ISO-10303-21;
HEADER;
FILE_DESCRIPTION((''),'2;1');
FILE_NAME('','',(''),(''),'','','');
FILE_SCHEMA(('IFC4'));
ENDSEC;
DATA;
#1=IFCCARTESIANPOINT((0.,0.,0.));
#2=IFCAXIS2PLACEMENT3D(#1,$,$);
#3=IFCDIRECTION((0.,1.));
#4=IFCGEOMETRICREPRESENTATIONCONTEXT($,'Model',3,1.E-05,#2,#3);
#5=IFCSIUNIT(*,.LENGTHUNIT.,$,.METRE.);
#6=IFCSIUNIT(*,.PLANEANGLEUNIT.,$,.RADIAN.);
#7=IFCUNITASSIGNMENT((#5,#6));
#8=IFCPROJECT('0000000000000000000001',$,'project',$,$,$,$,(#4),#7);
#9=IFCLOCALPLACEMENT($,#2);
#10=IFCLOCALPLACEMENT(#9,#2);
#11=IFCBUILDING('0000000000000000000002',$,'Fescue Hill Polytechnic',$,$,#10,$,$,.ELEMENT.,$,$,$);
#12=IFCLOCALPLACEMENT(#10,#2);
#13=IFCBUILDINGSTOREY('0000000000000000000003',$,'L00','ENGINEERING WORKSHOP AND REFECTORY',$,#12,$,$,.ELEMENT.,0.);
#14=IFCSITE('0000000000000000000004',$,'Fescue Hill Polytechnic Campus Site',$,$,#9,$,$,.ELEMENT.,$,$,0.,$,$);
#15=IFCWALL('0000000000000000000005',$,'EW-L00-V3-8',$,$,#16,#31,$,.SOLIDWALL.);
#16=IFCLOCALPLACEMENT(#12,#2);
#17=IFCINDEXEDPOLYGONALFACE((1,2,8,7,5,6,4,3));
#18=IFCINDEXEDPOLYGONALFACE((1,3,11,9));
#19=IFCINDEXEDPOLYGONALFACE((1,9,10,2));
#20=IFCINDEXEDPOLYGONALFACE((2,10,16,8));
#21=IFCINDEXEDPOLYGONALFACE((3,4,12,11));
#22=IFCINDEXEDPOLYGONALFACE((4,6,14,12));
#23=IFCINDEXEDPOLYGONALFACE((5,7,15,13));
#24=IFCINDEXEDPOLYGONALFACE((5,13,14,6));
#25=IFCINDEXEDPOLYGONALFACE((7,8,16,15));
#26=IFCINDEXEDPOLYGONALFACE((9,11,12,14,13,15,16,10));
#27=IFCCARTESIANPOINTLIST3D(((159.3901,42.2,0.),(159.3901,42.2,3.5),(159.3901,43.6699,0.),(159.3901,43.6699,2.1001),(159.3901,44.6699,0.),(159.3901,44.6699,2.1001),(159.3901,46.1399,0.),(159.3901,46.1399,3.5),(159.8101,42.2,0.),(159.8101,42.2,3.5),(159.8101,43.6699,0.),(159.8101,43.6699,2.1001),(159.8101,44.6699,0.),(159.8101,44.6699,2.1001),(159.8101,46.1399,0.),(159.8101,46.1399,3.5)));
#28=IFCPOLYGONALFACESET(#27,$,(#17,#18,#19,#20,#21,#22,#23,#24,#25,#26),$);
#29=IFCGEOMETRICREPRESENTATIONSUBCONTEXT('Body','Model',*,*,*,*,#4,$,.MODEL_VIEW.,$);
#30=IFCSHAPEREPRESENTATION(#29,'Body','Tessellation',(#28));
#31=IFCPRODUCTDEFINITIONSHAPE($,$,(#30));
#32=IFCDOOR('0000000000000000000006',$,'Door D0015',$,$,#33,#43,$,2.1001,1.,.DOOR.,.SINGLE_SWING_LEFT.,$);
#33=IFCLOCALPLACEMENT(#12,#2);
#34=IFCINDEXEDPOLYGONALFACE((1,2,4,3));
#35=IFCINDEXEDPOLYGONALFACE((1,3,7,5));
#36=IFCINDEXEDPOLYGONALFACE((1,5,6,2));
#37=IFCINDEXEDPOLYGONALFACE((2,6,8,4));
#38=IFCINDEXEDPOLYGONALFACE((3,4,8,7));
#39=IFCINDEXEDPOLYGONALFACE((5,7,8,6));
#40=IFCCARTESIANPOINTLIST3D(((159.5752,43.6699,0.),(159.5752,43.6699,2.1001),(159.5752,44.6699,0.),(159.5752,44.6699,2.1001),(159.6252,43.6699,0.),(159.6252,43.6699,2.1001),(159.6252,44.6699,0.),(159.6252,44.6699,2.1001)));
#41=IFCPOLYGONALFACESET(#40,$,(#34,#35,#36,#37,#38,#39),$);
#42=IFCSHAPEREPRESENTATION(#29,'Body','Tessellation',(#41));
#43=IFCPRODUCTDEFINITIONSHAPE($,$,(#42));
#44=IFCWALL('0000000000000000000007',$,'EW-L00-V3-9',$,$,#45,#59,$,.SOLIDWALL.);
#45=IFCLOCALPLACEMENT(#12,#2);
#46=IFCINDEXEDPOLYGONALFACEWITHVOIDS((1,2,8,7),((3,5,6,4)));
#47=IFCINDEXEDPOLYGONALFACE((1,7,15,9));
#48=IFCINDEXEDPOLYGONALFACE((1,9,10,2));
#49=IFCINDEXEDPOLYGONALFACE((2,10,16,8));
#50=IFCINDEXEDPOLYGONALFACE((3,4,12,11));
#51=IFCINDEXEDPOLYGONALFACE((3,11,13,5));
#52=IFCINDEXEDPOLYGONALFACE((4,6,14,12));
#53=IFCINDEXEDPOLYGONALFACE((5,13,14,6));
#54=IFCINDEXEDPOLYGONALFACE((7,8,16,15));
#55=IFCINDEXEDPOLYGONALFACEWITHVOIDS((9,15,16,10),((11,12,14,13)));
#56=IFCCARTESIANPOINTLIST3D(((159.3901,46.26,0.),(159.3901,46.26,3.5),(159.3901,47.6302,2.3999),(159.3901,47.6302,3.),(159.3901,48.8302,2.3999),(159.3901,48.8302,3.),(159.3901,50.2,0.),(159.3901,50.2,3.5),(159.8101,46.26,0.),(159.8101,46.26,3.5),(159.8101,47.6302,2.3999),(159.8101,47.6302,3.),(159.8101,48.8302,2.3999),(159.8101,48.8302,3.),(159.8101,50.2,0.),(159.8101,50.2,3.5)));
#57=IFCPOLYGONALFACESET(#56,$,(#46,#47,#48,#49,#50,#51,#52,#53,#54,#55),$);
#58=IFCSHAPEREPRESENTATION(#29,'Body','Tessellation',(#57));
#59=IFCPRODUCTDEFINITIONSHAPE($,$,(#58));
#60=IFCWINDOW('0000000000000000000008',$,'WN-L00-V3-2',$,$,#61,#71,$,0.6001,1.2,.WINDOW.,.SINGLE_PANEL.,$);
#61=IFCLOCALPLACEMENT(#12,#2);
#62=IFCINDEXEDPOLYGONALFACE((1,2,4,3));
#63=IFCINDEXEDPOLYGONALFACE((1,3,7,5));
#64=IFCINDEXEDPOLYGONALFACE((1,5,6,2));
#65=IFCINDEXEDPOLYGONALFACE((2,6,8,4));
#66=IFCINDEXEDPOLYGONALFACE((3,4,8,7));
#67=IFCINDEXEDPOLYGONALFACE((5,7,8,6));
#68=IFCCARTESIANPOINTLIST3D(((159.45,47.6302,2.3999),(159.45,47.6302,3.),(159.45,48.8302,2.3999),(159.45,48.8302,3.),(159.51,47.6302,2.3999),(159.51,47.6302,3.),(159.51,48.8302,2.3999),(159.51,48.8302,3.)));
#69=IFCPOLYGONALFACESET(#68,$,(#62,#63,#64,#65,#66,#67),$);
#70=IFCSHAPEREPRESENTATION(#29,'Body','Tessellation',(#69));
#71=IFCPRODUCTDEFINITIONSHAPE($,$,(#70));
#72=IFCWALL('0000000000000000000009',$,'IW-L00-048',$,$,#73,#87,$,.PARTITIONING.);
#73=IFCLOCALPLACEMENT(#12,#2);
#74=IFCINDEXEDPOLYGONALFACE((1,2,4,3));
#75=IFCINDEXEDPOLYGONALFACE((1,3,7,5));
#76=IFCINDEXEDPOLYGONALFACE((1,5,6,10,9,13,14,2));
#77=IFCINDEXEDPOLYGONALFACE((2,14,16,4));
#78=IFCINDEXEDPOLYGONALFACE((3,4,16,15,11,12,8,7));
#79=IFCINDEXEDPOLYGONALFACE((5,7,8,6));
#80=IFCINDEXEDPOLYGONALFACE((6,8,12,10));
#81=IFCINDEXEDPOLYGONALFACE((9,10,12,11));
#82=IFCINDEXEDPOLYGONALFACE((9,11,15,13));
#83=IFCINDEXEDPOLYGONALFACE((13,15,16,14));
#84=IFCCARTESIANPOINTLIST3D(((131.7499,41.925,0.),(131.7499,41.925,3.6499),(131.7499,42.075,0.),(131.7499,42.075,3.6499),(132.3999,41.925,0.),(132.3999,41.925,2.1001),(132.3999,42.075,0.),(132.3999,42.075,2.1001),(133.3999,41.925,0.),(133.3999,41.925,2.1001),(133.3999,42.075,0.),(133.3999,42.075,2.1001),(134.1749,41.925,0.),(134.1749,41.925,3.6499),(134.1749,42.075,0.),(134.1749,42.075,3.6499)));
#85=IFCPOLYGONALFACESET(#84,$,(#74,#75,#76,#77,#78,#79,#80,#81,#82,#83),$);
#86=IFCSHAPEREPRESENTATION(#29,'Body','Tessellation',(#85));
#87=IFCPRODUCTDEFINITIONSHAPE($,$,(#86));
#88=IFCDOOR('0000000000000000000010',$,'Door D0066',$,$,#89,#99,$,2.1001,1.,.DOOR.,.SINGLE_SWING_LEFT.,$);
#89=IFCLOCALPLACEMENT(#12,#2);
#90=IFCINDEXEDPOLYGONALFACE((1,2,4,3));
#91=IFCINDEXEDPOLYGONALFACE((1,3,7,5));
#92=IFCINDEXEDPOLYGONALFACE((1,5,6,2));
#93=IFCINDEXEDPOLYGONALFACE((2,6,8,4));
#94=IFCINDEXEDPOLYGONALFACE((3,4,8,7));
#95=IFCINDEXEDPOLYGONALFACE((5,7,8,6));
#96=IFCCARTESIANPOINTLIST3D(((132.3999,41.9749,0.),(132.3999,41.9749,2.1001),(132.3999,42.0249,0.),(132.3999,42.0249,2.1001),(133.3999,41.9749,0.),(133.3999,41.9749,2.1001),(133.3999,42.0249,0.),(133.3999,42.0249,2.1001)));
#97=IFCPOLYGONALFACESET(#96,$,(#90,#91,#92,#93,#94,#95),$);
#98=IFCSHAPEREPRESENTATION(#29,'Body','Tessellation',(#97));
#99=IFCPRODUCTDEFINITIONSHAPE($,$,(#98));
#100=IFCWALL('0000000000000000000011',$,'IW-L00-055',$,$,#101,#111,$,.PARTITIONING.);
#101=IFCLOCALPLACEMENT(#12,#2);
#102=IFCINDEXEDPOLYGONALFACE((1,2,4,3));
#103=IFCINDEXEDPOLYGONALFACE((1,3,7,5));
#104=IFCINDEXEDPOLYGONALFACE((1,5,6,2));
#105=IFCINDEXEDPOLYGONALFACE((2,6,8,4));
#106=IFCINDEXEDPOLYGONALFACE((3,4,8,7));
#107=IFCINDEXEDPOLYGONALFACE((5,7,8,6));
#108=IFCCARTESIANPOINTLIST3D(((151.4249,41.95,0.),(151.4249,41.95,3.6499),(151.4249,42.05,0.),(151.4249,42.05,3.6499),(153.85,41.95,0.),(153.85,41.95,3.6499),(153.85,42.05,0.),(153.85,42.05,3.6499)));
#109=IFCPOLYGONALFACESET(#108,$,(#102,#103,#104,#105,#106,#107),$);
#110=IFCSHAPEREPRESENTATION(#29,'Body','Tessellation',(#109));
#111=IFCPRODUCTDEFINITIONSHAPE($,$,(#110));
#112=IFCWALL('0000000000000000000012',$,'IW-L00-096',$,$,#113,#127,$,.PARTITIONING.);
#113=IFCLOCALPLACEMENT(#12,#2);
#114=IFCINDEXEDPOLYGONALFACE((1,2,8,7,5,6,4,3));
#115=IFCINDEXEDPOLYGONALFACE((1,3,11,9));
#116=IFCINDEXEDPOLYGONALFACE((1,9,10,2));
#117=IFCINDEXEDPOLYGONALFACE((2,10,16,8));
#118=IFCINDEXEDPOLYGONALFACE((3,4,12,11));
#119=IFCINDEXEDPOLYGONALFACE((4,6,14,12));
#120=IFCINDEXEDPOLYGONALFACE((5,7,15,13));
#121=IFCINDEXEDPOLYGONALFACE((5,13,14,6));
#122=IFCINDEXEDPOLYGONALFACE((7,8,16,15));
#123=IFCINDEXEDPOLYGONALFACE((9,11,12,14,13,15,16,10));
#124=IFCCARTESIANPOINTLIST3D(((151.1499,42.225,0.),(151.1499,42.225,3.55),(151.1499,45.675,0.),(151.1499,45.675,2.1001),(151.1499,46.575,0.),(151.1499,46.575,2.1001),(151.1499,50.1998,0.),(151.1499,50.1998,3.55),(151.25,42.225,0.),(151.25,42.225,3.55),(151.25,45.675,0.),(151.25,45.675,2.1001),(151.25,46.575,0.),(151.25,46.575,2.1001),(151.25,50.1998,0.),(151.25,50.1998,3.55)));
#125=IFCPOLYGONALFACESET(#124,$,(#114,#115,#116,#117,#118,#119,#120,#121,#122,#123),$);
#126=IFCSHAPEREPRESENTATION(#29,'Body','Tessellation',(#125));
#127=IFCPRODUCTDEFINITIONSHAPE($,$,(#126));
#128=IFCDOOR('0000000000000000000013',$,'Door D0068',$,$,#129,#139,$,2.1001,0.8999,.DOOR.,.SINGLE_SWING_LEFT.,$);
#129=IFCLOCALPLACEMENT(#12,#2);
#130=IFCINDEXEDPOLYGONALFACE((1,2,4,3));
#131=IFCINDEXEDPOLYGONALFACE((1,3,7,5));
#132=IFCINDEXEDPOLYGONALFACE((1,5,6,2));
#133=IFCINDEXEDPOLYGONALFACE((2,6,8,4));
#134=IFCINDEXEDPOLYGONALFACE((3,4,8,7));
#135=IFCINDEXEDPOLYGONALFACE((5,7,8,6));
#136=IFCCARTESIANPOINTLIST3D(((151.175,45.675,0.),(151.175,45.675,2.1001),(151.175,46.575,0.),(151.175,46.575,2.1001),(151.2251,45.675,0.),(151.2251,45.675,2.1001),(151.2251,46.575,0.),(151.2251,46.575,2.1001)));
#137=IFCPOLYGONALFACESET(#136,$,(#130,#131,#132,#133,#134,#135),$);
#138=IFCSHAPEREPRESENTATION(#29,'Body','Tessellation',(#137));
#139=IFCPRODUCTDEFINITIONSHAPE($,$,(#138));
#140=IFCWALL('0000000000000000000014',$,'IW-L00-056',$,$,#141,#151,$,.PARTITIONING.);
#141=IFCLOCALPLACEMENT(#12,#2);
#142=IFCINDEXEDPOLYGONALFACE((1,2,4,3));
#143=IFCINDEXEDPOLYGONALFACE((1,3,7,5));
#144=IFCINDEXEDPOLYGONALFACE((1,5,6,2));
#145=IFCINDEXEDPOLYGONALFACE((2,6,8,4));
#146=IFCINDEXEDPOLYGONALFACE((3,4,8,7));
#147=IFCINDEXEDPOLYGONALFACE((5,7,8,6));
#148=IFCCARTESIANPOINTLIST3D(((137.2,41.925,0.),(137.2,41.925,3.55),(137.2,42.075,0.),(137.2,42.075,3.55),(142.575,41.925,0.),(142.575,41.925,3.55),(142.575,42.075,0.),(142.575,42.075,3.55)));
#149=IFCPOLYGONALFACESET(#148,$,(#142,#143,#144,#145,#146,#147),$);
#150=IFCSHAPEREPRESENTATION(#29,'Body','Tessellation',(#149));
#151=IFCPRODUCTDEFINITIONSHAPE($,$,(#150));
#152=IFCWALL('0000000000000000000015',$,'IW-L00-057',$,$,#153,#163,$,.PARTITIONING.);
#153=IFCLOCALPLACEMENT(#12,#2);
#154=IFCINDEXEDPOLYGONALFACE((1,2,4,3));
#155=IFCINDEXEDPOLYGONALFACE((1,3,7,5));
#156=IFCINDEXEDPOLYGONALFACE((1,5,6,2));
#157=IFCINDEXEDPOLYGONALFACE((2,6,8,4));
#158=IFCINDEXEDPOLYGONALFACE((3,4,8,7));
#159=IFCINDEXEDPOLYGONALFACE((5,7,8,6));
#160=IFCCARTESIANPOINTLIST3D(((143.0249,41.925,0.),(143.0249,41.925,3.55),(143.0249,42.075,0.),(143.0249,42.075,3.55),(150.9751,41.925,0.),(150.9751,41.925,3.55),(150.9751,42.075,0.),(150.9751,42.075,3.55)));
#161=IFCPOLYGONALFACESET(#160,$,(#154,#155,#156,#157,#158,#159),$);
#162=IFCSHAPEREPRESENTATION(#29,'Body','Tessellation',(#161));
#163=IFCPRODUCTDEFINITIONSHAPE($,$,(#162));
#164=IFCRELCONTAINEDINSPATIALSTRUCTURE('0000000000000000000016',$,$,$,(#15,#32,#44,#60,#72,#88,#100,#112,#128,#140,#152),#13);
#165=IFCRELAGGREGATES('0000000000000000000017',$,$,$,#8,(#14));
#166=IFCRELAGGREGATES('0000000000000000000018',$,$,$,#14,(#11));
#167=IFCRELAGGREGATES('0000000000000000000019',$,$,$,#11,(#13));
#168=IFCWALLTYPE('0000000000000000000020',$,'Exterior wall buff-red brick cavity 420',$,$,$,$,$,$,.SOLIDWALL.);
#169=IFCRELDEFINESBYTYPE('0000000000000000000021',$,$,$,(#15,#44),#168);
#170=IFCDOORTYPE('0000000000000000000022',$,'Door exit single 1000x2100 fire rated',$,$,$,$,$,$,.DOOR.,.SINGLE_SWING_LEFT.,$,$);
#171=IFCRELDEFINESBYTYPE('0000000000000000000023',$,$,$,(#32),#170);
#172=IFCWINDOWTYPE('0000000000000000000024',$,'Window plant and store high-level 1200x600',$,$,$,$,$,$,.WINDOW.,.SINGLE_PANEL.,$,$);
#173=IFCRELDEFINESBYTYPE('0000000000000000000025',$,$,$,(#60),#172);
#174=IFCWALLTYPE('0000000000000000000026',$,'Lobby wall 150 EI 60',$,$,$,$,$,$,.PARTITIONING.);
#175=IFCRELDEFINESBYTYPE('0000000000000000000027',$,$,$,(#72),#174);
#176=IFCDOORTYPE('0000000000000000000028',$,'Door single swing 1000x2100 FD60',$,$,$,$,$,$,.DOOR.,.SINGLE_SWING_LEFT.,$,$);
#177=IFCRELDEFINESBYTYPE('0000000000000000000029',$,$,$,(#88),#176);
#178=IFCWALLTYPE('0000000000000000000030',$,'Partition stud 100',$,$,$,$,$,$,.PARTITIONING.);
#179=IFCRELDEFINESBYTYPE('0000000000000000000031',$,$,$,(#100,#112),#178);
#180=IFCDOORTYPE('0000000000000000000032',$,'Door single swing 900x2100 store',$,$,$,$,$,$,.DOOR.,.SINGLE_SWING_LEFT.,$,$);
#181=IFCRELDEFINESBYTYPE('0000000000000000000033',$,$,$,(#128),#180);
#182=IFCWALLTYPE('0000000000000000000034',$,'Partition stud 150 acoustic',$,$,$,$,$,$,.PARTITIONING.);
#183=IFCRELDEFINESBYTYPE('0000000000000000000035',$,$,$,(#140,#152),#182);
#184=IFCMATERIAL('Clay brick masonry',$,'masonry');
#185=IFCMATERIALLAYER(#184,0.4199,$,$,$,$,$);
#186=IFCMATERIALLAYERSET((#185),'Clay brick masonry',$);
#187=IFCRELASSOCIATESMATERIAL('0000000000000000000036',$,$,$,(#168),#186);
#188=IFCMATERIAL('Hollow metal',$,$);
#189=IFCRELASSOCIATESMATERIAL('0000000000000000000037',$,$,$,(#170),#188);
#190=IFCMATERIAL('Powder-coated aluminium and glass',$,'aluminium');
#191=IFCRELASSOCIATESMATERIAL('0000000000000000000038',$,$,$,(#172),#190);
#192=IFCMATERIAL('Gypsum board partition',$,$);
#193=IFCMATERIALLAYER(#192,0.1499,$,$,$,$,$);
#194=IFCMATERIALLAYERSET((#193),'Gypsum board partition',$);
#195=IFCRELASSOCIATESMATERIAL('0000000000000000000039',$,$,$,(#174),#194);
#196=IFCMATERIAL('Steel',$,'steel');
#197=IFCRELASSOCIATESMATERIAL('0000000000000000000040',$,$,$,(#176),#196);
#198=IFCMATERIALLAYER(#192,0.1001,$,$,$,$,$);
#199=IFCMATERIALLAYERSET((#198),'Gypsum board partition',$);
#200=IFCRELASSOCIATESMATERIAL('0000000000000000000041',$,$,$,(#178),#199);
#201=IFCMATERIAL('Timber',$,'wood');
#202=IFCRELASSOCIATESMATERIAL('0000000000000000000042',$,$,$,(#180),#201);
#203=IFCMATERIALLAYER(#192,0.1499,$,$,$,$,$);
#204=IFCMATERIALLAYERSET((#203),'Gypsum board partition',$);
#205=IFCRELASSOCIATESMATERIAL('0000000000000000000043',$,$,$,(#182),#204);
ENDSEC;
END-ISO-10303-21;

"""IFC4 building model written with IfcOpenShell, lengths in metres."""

from ifc_helpers import new_model, si_unit, direction, frame, frame_2d, origin, place, context, subcontext, project, spatial, rectangle, extrude, material, layer, layer_set, type_object, element, fill, save


model = new_model("IFC4")

# Units and contexts
model_context = context("Model", 3, precision=1e-05, world=origin(), true_north=direction((0.0, 1.0)))
body_context = subcontext(model_context, "Body", "Model", "MODEL_VIEW")
ifc_project = project(units=[si_unit("LENGTHUNIT", "METRE"), si_unit("PLANEANGLEUNIT", "RADIAN")], contexts=[model_context])

# Site, building, storey
site_placement = place(None, origin())
site = spatial("IfcSite", under=ifc_project, at=site_placement, Name="Fescue Hill Polytechnic Campus Site", CompositionType="ELEMENT", RefElevation=0.0)
building_placement = place(site_placement, origin())
building = spatial("IfcBuilding", under=site, at=building_placement, Name="Fescue Hill Polytechnic", CompositionType="ELEMENT")
storey_placement = place(building_placement, origin())
storey = spatial("IfcBuildingStorey", under=building, at=storey_placement, Name="L00", Description="ENGINEERING WORKSHOP AND REFECTORY", CompositionType="ELEMENT", Elevation=0.0)

# Wall, opening, door
ifc_material_1 = material(Name="Gypsum board partition")
ifc_material_2 = material(Name="Timber", Category="wood")
ifc_material_3 = material(Name="Clay brick masonry", Category="masonry")
ifc_layer_1 = layer(ifc_material_3, 0.4199)
ifc_layer_set_1 = layer_set([ifc_layer_1], Name="Clay brick masonry")
wall_type_1 = type_object("IfcWallType", Name="Exterior wall buff-red brick cavity 420", PredefinedType="SOLIDWALL", material=ifc_layer_set_1)
wall_1_placement = place(storey_placement, frame((159.6001, 42.2, 0.0), z_axis=(0.0, 0.0, 1.0), x_axis=(0.0, 1.0, 0.0)))
wall_1 = element("IfcWall", 1, at=wall_1_placement, inside=storey, type_object=wall_type_1, Name="EW-L00-V3-8", PredefinedType="SOLIDWALL", context=body_context, shape_type="SweptSolid", body=[
    extrude(rectangle(XDim=3.9399, YDim=0.4199, at=frame_2d((1.97, 0.0))), origin(), (0.0, 0.0, 1.0), 3.5),
])
opening_1_placement = place(wall_1_placement, frame((1.47, 0.0, 0.0)))
opening_1 = element("IfcOpeningElement", 2, at=opening_1_placement, cuts=wall_1, PredefinedType="OPENING", context=body_context, shape_type="SweptSolid", body=[
    extrude(rectangle(XDim=1.0, YDim=2.1001, at=frame_2d((0.5, 1.05))), frame((0.0, 0.22, 0.0), z_axis=(0.0, -1.0, 0.0), x_axis=(1.0, 0.0, 0.0)), (0.0, 0.0, 1.0), 0.4399),
])
ifc_material_4 = material(Name="Hollow metal")
door_type_1 = type_object("IfcDoorType", Name="Door exit single 1000x2100 fire rated", OperationType="SINGLE_SWING_LEFT", PredefinedType="DOOR", material=ifc_material_4)
door_1_placement = place(opening_1_placement, origin())
door_1 = element("IfcDoor", 3, at=door_1_placement, inside=storey, type_object=door_type_1, Name="Door D0015", OperationType="SINGLE_SWING_LEFT", OverallHeight=2.1001, OverallWidth=1.0, PredefinedType="DOOR", context=body_context, shape_type="SweptSolid", body=[
    extrude(rectangle(XDim=1.0, YDim=2.1001, at=frame_2d((0.5, 1.05))), frame((0.0, 0.0249, 0.0), z_axis=(0.0, -1.0, 0.0), x_axis=(1.0, 0.0, 0.0)), (0.0, 0.0, 1.0), 0.05),
])
fill(opening_1, door_1)

# Wall, opening, window
wall_2_placement = place(storey_placement, frame((159.6001, 46.26, 0.0), z_axis=(0.0, 0.0, 1.0), x_axis=(0.0, 1.0, 0.0)))
wall_2 = element("IfcWall", 4, at=wall_2_placement, inside=storey, type_object=wall_type_1, Name="EW-L00-V3-9", PredefinedType="SOLIDWALL", context=body_context, shape_type="SweptSolid", body=[
    extrude(rectangle(XDim=3.9399, YDim=0.4199, at=frame_2d((1.97, 0.0))), origin(), (0.0, 0.0, 1.0), 3.5),
])
opening_2_placement = place(wall_2_placement, frame((1.3701, 0.0, 2.3999)))
opening_2 = element("IfcOpeningElement", 5, at=opening_2_placement, cuts=wall_2, PredefinedType="OPENING", context=body_context, shape_type="SweptSolid", body=[
    extrude(rectangle(XDim=1.2, YDim=0.6001, at=frame_2d((0.6001, 0.3))), frame((0.0, 0.22, 0.0), z_axis=(0.0, -1.0, 0.0), x_axis=(1.0, 0.0, 0.0)), (0.0, 0.0, 1.0), 0.4399),
])
ifc_material_5 = material(Name="Powder-coated aluminium and glass", Category="aluminium")
window_type = type_object("IfcWindowType", Name="Window plant and store high-level 1200x600", PartitioningType="SINGLE_PANEL", PredefinedType="WINDOW", material=ifc_material_5)
window_placement = place(opening_2_placement, origin())
window = element("IfcWindow", 6, at=window_placement, inside=storey, type_object=window_type, Name="WN-L00-V3-2", OverallHeight=0.6001, OverallWidth=1.2, PartitioningType="SINGLE_PANEL", PredefinedType="WINDOW", context=body_context, shape_type="SweptSolid", body=[
    extrude(rectangle(XDim=1.2, YDim=0.6001, at=frame_2d((0.6001, 0.3))), frame((0.0, 0.1501, 0.0), z_axis=(0.0, -1.0, 0.0), x_axis=(1.0, 0.0, 0.0)), (0.0, 0.0, 1.0), 0.0601),
])
fill(opening_2, window)

# Wall, opening, door
ifc_layer_2 = layer(ifc_material_1, 0.1499)
ifc_layer_set_2 = layer_set([ifc_layer_2], Name="Gypsum board partition")
wall_type_2 = type_object("IfcWallType", Name="Lobby wall 150 EI 60", PredefinedType="PARTITIONING", material=ifc_layer_set_2)
wall_3_placement = place(storey_placement, frame((131.75, 42.0, 0.0), z_axis=(0.0, 0.0, 1.0), x_axis=(1.0, 0.0, 0.0)))
wall_3 = element("IfcWall", 7, at=wall_3_placement, inside=storey, type_object=wall_type_2, Name="IW-L00-048", PredefinedType="PARTITIONING", context=body_context, shape_type="SweptSolid", body=[
    extrude(rectangle(XDim=2.425, YDim=0.1499, at=frame_2d((1.2124, 0.0))), origin(), (0.0, 0.0, 1.0), 3.6499),
])
opening_3_placement = place(wall_3_placement, frame((0.6499, 0.0, 0.0)))
opening_3 = element("IfcOpeningElement", 8, at=opening_3_placement, cuts=wall_3, PredefinedType="OPENING", context=body_context, shape_type="SweptSolid", body=[
    extrude(rectangle(XDim=1.0, YDim=2.1001, at=frame_2d((0.5, 1.05))), frame((0.0, 0.085, 0.0), z_axis=(0.0, -1.0, 0.0), x_axis=(1.0, 0.0, 0.0)), (0.0, 0.0, 1.0), 0.1699),
])
ifc_material_6 = material(Name="Steel", Category="steel")
door_type_2 = type_object("IfcDoorType", Name="Door single swing 1000x2100 FD60", OperationType="SINGLE_SWING_LEFT", PredefinedType="DOOR", material=ifc_material_6)
door_2_placement = place(opening_3_placement, origin())
door_2 = element("IfcDoor", 9, at=door_2_placement, inside=storey, type_object=door_type_2, Name="Door D0066", OperationType="SINGLE_SWING_LEFT", OverallHeight=2.1001, OverallWidth=1.0, PredefinedType="DOOR", context=body_context, shape_type="SweptSolid", body=[
    extrude(rectangle(XDim=1.0, YDim=2.1001, at=frame_2d((0.5, 1.05))), frame((0.0, 0.0249, 0.0), z_axis=(0.0, -1.0, 0.0), x_axis=(1.0, 0.0, 0.0)), (0.0, 0.0, 1.0), 0.05),
])
fill(opening_3, door_2)

# Wall
ifc_layer_3 = layer(ifc_material_1, 0.1001)
ifc_layer_set_3 = layer_set([ifc_layer_3], Name="Gypsum board partition")
wall_type_3 = type_object("IfcWallType", Name="Partition stud 100", PredefinedType="PARTITIONING", material=ifc_layer_set_3)
wall_4_placement = place(storey_placement, frame((151.425, 42.0, 0.0), z_axis=(0.0, 0.0, 1.0), x_axis=(1.0, 0.0, 0.0)))
element("IfcWall", 10, at=wall_4_placement, inside=storey, type_object=wall_type_3, Name="IW-L00-055", PredefinedType="PARTITIONING", context=body_context, shape_type="SweptSolid", body=[
    extrude(rectangle(XDim=2.425, YDim=0.1001, at=frame_2d((1.2124, 0.0))), origin(), (0.0, 0.0, 1.0), 3.6499),
])

# Wall, opening, door
wall_5_placement = place(storey_placement, frame((151.2, 42.2251, 0.0), z_axis=(0.0, 0.0, 1.0), x_axis=(0.0, 1.0, 0.0)))
wall_5 = element("IfcWall", 11, at=wall_5_placement, inside=storey, type_object=wall_type_3, Name="IW-L00-096", PredefinedType="PARTITIONING", context=body_context, shape_type="SweptSolid", body=[
    extrude(rectangle(XDim=7.9749, YDim=0.1001, at=frame_2d((3.9873, 0.0))), origin(), (0.0, 0.0, 1.0), 3.55),
])
opening_4_placement = place(wall_5_placement, frame((3.45, 0.0, 0.0)))
opening_4 = element("IfcOpeningElement", 12, at=opening_4_placement, cuts=wall_5, PredefinedType="OPENING", context=body_context, shape_type="SweptSolid", body=[
    extrude(rectangle(XDim=0.8999, YDim=2.1001, at=frame_2d((0.45, 1.05))), frame((0.0, 0.0601, 0.0), z_axis=(0.0, -1.0, 0.0), x_axis=(1.0, 0.0, 0.0)), (0.0, 0.0, 1.0), 0.1201),
])
door_type_3 = type_object("IfcDoorType", Name="Door single swing 900x2100 store", OperationType="SINGLE_SWING_LEFT", PredefinedType="DOOR", material=ifc_material_2)
door_3_placement = place(opening_4_placement, origin())
door_3 = element("IfcDoor", 13, at=door_3_placement, inside=storey, type_object=door_type_3, Name="Door D0068", OperationType="SINGLE_SWING_LEFT", OverallHeight=2.1001, OverallWidth=0.8999, PredefinedType="DOOR", context=body_context, shape_type="SweptSolid", body=[
    extrude(rectangle(XDim=0.8999, YDim=2.1001, at=frame_2d((0.45, 1.05))), frame((0.0, 0.0249, 0.0), z_axis=(0.0, -1.0, 0.0), x_axis=(1.0, 0.0, 0.0)), (0.0, 0.0, 1.0), 0.05),
])
fill(opening_4, door_3)

# Walls
ifc_layer_4 = layer(ifc_material_1, 0.1499)
ifc_layer_set_4 = layer_set([ifc_layer_4], Name="Gypsum board partition")
wall_type_4 = type_object("IfcWallType", Name="Partition stud 150 acoustic", PredefinedType="PARTITIONING", material=ifc_layer_set_4)
wall_6_placement = place(storey_placement, frame((137.2, 42.0, 0.0), z_axis=(0.0, 0.0, 1.0), x_axis=(1.0, 0.0, 0.0)))
element("IfcWall", 14, at=wall_6_placement, inside=storey, type_object=wall_type_4, Name="IW-L00-056", PredefinedType="PARTITIONING", context=body_context, shape_type="SweptSolid", body=[
    extrude(rectangle(XDim=5.375, YDim=0.1499, at=frame_2d((2.6875, 0.0))), origin(), (0.0, 0.0, 1.0), 3.55),
])
wall_7_placement = place(storey_placement, frame((143.0249, 42.0, 0.0), z_axis=(0.0, 0.0, 1.0), x_axis=(1.0, 0.0, 0.0)))
element("IfcWall", 15, at=wall_7_placement, inside=storey, type_object=wall_type_4, Name="IW-L00-057", PredefinedType="PARTITIONING", context=body_context, shape_type="SweptSolid", body=[
    extrude(rectangle(XDim=7.9502, YDim=0.1499, at=frame_2d((3.9751, 0.0))), origin(), (0.0, 0.0, 1.0), 3.55),
])

save(model, "model.ifc")
